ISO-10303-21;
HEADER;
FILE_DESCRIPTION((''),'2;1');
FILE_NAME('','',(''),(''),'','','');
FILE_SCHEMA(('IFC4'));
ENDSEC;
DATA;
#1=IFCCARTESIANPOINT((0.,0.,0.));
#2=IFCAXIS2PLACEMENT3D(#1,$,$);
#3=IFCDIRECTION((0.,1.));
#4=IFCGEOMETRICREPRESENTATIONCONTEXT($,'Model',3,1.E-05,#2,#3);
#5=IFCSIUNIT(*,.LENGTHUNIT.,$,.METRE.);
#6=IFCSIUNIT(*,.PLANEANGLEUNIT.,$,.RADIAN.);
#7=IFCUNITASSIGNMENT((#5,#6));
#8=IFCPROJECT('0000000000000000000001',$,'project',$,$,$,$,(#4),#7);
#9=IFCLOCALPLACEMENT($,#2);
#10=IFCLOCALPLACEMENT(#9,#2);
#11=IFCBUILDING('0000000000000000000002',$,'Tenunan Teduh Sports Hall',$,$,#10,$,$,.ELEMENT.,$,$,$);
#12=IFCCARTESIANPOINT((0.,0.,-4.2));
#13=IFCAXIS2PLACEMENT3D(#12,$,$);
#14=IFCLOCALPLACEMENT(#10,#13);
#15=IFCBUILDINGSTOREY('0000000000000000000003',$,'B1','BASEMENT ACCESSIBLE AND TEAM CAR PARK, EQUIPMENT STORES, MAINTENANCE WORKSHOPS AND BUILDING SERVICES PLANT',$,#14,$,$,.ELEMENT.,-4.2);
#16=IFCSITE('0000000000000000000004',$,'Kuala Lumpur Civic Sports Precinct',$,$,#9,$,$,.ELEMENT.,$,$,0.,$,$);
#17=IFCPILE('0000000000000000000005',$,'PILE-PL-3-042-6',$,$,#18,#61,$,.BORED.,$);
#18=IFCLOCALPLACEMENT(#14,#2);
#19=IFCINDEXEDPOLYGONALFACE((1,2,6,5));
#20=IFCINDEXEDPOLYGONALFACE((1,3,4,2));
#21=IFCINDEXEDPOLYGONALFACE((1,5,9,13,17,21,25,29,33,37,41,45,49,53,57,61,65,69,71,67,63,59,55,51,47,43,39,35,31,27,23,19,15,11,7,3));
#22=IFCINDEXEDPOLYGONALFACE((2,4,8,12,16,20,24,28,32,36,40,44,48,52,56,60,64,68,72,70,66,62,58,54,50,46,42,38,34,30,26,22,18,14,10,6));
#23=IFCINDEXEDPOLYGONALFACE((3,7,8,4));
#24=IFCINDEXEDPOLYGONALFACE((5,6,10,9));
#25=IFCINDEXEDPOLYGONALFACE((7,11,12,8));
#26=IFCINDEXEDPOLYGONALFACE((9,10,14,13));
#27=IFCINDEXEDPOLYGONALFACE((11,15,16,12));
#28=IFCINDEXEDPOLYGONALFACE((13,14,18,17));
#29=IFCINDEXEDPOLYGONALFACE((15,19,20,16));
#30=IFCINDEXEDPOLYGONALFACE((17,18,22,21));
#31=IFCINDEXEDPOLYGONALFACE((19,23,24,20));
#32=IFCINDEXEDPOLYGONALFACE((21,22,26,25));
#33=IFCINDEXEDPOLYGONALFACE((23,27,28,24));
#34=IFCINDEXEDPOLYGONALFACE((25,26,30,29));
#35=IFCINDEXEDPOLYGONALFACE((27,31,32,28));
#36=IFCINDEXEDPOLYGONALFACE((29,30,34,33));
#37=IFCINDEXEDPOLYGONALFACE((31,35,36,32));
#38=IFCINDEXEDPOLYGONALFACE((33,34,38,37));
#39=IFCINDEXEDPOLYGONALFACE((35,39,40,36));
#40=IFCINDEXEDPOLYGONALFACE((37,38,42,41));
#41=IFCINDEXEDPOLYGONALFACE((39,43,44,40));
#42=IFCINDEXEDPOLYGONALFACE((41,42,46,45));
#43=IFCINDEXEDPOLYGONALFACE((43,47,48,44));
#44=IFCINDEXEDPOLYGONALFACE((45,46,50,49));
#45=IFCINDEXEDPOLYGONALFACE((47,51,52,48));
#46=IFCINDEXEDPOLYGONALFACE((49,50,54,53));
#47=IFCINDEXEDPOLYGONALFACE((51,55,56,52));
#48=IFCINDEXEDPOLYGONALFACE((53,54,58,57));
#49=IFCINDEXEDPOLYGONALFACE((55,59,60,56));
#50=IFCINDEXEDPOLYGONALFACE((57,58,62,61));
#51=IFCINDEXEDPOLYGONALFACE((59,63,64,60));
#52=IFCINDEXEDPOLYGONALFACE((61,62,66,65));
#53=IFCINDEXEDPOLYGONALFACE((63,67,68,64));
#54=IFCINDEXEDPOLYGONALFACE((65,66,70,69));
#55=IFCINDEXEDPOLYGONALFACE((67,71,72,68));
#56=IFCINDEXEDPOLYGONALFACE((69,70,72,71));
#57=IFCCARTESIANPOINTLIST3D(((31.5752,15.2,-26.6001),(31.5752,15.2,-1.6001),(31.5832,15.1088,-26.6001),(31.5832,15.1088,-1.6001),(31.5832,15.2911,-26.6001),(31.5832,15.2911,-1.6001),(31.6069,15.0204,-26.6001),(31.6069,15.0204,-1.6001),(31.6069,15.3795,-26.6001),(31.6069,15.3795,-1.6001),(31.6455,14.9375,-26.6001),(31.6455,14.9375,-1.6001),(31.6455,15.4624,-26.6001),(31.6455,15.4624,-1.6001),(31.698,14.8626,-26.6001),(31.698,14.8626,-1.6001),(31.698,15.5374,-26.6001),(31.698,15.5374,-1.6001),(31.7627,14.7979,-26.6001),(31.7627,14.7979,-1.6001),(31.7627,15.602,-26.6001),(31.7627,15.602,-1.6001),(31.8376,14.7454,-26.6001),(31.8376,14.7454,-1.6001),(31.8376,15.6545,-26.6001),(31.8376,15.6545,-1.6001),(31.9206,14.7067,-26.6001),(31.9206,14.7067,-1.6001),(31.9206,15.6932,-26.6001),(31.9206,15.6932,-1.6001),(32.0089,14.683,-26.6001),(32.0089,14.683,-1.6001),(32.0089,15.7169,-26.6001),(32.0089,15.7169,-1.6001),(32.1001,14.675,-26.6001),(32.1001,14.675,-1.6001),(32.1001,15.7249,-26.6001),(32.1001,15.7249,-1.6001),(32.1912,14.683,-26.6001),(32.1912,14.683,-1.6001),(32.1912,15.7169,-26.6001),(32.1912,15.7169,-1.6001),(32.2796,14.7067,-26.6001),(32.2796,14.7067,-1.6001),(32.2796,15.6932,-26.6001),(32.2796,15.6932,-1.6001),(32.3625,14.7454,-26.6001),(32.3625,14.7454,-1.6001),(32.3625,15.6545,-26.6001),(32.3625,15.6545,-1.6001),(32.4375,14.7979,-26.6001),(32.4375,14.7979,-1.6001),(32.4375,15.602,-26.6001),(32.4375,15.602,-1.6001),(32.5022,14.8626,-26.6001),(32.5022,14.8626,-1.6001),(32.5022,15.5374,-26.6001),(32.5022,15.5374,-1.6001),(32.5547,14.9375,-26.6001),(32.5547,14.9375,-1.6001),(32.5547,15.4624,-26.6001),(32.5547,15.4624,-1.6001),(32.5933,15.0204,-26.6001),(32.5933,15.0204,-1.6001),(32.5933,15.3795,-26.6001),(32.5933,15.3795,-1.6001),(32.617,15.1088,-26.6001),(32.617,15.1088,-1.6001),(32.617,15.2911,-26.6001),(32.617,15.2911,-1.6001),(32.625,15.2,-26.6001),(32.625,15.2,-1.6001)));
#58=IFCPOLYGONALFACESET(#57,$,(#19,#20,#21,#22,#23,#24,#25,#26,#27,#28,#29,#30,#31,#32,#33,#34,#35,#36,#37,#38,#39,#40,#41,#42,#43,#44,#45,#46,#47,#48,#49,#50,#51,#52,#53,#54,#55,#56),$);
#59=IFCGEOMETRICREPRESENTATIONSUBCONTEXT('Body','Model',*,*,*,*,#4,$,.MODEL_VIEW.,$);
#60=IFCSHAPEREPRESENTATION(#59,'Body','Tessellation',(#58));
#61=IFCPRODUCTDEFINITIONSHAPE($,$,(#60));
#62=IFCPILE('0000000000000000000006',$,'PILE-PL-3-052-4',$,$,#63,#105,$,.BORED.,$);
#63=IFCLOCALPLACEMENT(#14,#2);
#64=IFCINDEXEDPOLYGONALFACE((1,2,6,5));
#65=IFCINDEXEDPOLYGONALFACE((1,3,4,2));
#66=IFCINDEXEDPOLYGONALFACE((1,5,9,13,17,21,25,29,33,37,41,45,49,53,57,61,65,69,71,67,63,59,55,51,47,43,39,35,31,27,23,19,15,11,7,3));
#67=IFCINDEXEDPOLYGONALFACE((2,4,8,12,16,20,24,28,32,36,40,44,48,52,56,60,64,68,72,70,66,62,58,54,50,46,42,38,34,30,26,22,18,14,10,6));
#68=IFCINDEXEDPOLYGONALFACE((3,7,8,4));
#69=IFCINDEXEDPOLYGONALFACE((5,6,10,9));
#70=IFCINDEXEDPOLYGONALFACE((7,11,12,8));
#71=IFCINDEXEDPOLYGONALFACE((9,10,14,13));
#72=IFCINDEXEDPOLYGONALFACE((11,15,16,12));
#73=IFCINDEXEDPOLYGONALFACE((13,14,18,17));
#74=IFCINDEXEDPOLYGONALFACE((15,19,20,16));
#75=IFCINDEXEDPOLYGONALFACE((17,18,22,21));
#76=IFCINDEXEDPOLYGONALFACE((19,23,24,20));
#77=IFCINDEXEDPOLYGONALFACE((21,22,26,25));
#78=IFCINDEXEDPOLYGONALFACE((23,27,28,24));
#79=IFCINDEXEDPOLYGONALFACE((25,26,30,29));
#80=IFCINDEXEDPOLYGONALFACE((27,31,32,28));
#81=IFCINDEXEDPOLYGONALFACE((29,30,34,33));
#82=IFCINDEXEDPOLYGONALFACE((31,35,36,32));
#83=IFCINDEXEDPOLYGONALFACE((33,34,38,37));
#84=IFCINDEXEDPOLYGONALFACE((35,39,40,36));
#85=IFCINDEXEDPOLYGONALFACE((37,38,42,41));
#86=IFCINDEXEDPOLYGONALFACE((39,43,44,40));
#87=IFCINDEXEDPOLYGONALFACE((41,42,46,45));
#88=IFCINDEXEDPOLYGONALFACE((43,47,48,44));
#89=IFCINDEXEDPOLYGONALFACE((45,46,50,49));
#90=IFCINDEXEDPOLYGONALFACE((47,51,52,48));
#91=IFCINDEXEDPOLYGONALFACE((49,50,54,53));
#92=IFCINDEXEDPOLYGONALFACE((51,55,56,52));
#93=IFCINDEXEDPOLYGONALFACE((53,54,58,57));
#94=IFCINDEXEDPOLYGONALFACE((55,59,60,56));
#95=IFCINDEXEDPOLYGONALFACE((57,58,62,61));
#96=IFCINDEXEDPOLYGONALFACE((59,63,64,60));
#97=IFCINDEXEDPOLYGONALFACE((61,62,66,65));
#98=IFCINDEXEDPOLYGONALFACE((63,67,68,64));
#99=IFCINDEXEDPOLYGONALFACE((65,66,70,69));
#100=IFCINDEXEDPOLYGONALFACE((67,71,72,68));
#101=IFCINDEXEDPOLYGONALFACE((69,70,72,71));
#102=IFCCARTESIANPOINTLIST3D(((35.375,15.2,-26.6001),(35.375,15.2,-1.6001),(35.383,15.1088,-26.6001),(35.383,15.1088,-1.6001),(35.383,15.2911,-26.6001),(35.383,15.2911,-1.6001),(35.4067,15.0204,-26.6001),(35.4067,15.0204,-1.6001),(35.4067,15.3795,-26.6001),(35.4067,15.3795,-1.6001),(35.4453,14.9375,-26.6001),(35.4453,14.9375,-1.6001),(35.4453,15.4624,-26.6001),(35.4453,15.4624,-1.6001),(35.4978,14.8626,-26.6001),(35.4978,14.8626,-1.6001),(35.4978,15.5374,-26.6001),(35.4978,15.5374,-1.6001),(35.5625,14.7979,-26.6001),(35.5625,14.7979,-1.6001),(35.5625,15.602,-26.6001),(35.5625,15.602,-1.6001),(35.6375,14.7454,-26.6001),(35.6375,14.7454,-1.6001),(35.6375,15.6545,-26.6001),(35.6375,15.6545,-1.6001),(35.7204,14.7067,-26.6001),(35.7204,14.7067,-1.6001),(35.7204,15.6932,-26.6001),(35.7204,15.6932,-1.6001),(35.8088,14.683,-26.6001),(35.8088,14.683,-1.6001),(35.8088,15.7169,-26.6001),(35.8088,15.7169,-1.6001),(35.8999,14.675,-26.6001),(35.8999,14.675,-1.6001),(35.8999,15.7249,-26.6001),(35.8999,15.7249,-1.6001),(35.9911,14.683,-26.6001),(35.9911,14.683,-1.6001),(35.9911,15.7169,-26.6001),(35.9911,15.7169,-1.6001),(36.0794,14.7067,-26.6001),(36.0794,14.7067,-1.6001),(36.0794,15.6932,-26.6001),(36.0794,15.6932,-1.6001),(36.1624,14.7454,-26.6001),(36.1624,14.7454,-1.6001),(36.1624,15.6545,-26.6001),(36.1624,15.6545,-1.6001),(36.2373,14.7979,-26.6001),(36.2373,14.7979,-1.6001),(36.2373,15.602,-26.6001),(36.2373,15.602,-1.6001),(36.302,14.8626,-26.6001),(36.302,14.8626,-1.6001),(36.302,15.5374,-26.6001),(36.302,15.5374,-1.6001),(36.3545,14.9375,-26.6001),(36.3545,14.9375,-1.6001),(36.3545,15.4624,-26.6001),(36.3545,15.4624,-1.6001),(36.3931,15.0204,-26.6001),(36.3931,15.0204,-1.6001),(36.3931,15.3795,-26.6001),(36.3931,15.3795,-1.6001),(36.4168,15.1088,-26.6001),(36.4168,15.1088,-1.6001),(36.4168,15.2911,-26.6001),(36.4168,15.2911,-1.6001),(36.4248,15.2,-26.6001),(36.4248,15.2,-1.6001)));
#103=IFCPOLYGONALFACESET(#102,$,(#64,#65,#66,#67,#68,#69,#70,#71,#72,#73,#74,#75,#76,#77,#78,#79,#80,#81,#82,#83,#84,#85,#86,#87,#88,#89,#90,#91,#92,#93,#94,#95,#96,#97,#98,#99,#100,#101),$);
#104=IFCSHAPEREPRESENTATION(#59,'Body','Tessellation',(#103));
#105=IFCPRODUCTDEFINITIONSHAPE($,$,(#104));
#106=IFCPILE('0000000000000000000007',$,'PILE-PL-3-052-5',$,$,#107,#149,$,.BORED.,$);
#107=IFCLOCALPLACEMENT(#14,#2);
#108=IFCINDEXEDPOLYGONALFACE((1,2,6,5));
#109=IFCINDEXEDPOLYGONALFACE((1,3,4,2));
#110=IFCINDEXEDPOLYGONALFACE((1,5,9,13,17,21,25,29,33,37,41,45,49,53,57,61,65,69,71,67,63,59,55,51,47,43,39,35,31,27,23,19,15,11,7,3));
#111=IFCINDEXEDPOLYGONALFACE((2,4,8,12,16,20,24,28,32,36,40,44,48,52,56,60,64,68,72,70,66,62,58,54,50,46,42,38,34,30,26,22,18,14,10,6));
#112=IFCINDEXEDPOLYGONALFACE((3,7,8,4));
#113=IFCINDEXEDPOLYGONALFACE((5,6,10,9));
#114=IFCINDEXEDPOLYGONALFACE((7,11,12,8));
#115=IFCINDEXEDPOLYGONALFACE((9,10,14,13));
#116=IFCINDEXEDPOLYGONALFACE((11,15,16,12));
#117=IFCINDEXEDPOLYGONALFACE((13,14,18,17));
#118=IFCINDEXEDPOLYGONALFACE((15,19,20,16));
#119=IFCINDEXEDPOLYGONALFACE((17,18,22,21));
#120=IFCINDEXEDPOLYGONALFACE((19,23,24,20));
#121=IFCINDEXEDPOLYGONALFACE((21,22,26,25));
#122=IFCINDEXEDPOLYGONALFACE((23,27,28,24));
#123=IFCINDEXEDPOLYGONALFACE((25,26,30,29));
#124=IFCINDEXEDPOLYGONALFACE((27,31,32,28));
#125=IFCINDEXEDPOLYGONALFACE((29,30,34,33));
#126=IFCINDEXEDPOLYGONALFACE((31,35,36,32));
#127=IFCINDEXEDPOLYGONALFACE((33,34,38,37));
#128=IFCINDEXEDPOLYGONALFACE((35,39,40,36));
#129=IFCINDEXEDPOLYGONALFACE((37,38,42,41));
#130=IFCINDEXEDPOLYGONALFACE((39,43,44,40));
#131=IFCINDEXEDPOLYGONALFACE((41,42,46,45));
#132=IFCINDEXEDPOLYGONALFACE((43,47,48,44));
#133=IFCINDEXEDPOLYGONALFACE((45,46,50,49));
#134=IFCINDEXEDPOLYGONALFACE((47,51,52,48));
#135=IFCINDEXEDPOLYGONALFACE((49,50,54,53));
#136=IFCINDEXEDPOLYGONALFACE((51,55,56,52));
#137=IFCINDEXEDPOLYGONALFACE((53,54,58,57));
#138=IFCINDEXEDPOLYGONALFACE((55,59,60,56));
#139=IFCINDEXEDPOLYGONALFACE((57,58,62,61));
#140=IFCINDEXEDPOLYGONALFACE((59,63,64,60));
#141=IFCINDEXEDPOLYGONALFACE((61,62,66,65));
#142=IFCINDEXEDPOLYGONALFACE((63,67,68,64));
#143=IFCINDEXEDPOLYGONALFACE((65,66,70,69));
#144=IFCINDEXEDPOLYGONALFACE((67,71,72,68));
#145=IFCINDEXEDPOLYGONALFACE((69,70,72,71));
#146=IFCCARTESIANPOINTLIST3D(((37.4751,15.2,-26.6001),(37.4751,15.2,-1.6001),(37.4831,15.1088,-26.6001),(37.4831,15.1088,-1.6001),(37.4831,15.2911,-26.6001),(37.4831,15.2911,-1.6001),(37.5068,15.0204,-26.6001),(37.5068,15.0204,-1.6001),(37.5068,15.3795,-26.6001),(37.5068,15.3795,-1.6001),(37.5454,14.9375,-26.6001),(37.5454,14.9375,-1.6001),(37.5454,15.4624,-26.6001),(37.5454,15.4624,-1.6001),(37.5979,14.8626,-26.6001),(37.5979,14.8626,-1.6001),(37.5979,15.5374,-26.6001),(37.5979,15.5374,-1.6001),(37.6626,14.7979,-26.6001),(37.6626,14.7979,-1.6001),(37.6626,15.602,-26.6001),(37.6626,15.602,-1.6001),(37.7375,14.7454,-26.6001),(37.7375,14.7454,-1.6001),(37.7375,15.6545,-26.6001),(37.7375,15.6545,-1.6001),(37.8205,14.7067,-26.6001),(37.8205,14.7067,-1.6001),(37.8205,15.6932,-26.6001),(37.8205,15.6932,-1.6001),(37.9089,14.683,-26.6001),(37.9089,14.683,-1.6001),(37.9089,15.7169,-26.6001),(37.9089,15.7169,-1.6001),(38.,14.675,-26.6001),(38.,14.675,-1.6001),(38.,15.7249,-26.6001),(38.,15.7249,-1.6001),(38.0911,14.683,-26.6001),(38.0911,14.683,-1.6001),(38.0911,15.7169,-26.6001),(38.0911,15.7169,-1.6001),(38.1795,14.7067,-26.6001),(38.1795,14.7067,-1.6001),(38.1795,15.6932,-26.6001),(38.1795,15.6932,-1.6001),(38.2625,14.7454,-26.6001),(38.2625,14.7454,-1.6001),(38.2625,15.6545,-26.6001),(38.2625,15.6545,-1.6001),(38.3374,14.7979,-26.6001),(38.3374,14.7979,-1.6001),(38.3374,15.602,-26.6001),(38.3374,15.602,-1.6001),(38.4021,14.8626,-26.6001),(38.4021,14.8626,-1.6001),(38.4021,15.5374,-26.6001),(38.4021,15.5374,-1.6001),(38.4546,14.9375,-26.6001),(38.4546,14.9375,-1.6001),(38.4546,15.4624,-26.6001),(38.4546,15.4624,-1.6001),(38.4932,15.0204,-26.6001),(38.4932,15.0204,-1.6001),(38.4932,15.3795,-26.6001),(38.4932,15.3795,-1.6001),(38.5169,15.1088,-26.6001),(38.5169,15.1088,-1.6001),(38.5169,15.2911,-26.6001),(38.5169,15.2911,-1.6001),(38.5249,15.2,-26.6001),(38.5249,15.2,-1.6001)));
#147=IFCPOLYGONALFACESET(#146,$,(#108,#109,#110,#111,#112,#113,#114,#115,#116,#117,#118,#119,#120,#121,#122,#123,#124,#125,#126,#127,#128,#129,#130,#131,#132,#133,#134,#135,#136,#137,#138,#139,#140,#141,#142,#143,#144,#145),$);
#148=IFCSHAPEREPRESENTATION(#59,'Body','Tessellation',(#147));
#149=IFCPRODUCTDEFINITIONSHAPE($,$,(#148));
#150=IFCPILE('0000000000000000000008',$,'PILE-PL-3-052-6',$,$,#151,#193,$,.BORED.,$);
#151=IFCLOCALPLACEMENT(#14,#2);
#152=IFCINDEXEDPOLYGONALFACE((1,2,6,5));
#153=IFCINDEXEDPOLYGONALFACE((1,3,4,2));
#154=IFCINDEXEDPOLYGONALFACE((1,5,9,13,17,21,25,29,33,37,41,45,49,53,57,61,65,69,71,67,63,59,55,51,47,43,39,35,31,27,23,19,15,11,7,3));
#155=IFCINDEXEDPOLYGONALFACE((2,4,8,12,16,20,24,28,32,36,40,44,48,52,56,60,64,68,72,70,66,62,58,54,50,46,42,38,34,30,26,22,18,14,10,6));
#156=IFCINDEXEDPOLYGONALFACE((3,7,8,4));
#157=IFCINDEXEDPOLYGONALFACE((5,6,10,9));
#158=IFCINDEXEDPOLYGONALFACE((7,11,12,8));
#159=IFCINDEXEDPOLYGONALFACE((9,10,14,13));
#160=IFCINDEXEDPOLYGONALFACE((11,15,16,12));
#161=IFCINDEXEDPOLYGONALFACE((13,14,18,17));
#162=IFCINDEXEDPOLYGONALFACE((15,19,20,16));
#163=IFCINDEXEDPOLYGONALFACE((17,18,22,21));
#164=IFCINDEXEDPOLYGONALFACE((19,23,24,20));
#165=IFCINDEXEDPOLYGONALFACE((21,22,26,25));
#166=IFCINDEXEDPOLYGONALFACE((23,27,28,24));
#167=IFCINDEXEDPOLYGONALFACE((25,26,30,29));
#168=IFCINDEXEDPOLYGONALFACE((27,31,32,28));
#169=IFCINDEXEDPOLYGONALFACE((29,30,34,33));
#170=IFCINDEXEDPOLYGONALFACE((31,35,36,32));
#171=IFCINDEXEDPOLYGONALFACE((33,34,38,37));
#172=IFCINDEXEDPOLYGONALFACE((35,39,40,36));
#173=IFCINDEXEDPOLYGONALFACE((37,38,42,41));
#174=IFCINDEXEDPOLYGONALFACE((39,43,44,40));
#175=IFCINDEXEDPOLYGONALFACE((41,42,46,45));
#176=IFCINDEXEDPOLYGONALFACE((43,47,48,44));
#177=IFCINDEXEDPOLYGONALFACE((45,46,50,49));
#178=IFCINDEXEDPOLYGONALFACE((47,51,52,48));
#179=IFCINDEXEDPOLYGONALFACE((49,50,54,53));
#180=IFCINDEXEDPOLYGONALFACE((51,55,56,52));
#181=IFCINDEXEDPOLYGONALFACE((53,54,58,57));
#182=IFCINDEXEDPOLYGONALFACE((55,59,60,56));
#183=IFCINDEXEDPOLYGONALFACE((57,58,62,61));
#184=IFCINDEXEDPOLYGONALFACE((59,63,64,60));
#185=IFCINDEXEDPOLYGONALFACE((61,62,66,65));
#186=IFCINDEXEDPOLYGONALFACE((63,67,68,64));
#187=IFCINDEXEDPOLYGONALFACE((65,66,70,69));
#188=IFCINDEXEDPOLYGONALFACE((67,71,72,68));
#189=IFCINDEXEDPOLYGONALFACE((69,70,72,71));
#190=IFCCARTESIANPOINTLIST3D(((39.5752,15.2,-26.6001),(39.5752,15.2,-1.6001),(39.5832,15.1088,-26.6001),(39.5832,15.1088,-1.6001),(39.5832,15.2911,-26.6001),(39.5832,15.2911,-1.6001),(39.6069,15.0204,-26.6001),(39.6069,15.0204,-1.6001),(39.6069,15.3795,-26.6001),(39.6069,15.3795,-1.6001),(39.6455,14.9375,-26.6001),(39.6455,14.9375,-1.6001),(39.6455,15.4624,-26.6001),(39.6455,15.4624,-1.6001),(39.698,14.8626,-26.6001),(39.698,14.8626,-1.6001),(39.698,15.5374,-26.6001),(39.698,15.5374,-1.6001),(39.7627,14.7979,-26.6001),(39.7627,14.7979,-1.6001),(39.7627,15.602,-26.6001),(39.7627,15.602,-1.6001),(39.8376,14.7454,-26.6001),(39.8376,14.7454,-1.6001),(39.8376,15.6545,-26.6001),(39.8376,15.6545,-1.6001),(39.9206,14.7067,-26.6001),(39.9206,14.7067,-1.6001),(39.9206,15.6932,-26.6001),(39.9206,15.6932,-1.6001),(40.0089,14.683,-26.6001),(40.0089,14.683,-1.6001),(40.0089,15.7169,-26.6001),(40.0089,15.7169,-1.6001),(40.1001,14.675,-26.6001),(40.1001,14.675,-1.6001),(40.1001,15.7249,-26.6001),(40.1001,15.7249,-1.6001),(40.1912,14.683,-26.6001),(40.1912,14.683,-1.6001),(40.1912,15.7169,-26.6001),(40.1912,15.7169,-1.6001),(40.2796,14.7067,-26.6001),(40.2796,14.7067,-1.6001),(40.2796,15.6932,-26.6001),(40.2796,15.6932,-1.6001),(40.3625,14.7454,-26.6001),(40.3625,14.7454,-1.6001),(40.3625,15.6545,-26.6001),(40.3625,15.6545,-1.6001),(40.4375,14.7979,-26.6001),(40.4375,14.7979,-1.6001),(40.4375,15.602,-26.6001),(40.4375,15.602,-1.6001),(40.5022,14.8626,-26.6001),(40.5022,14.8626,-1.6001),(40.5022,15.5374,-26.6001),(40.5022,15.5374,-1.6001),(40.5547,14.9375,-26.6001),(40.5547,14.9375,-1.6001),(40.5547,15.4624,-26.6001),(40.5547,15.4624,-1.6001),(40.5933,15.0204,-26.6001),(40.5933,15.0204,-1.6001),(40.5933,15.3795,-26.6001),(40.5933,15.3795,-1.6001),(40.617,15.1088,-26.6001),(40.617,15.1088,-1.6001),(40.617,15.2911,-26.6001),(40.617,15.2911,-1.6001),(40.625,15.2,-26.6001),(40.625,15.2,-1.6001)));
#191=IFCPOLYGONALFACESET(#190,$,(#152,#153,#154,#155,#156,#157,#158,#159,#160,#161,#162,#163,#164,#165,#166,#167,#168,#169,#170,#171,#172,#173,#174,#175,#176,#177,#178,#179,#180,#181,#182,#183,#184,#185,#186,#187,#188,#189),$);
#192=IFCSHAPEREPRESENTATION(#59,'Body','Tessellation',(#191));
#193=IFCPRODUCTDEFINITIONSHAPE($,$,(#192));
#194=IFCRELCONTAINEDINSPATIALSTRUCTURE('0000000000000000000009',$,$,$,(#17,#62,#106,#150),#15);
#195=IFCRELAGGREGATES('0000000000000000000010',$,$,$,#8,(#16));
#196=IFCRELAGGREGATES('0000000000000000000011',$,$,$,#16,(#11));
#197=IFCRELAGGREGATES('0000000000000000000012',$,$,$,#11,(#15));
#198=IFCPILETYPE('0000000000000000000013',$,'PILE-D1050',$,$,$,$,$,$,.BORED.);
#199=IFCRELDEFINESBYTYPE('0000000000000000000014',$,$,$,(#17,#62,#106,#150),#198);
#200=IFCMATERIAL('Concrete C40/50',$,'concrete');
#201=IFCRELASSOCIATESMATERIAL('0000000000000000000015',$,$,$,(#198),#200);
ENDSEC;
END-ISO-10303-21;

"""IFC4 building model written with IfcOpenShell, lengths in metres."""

from ifc_helpers import new_model, si_unit, direction, frame, origin, origin_2d, place, context, subcontext, project, spatial, circle, extrude, material, material_profile, profile_set, type_object, element, save


model = new_model("IFC4")

# Units and contexts
model_context = context("Model", 3, precision=1e-05, world=origin(), true_north=direction((0.0, 1.0)))
body_context = subcontext(model_context, "Body", "Model", "MODEL_VIEW")
ifc_project = project(units=[si_unit("LENGTHUNIT", "METRE"), si_unit("PLANEANGLEUNIT", "RADIAN")], contexts=[model_context])

# Site, building, storey
site_placement = place(None, origin())
site = spatial("IfcSite", under=ifc_project, at=site_placement, Name="Kuala Lumpur Civic Sports Precinct", CompositionType="ELEMENT", RefElevation=0.0)
building_placement = place(site_placement, origin())
building = spatial("IfcBuilding", under=site, at=building_placement, Name="Tenunan Teduh Sports Hall", CompositionType="ELEMENT")
storey_placement = place(building_placement, frame((0.0, 0.0, -4.2)))
storey = spatial("IfcBuildingStorey", under=building, at=storey_placement, Name="B1", Description="BASEMENT ACCESSIBLE AND TEAM CAR PARK, EQUIPMENT STORES, MAINTENANCE WORKSHOPS AND BUILDING SERVICES PLANT", CompositionType="ELEMENT", Elevation=-4.2)

# Piles
ifc_material_1 = material(Name="Concrete C40/50", Category="concrete")
ifc_material_profile_1 = material_profile(ifc_material_1, circle(Radius=0.5249, at=origin_2d()), Name="PILE D1050")
ifc_profile_set_1 = profile_set([ifc_material_profile_1], Name="Concrete C40/50")
pile_type_1 = type_object("IfcPileType", Name="PILE-D1050", PredefinedType="BORED", material=ifc_profile_set_1)
for number, where, z_axis, x_axis, name in (
    (1, (32.1001, 15.2, -1.6001), (0.0, 0.0, -1.0), (1.0, 0.0, 0.0), "PILE-PL-3-042-6"),
    (2, (35.8999, 15.2, -1.6001), (0.0, 0.0, -1.0), (1.0, 0.0, 0.0), "PILE-PL-3-052-4"),
    (3, (38.0, 15.2, -1.6001), (0.0, 0.0, -1.0), (1.0, 0.0, 0.0), "PILE-PL-3-052-5"),
    (4, (40.1001, 15.2, -1.6001), (0.0, 0.0, -1.0), (1.0, 0.0, 0.0), "PILE-PL-3-052-6"),
):
    element("IfcPile", number, at=place(storey_placement, frame(where, z_axis=z_axis, x_axis=x_axis)), inside=storey, type_object=pile_type_1, Name=name, PredefinedType="BORED", context=body_context, shape_type="SweptSolid", body=[
        extrude(circle(Radius=0.5249, at=origin_2d()), origin(), (0.0, 0.0, 1.0), 25.0),
    ])

save(model, "model.ifc")
